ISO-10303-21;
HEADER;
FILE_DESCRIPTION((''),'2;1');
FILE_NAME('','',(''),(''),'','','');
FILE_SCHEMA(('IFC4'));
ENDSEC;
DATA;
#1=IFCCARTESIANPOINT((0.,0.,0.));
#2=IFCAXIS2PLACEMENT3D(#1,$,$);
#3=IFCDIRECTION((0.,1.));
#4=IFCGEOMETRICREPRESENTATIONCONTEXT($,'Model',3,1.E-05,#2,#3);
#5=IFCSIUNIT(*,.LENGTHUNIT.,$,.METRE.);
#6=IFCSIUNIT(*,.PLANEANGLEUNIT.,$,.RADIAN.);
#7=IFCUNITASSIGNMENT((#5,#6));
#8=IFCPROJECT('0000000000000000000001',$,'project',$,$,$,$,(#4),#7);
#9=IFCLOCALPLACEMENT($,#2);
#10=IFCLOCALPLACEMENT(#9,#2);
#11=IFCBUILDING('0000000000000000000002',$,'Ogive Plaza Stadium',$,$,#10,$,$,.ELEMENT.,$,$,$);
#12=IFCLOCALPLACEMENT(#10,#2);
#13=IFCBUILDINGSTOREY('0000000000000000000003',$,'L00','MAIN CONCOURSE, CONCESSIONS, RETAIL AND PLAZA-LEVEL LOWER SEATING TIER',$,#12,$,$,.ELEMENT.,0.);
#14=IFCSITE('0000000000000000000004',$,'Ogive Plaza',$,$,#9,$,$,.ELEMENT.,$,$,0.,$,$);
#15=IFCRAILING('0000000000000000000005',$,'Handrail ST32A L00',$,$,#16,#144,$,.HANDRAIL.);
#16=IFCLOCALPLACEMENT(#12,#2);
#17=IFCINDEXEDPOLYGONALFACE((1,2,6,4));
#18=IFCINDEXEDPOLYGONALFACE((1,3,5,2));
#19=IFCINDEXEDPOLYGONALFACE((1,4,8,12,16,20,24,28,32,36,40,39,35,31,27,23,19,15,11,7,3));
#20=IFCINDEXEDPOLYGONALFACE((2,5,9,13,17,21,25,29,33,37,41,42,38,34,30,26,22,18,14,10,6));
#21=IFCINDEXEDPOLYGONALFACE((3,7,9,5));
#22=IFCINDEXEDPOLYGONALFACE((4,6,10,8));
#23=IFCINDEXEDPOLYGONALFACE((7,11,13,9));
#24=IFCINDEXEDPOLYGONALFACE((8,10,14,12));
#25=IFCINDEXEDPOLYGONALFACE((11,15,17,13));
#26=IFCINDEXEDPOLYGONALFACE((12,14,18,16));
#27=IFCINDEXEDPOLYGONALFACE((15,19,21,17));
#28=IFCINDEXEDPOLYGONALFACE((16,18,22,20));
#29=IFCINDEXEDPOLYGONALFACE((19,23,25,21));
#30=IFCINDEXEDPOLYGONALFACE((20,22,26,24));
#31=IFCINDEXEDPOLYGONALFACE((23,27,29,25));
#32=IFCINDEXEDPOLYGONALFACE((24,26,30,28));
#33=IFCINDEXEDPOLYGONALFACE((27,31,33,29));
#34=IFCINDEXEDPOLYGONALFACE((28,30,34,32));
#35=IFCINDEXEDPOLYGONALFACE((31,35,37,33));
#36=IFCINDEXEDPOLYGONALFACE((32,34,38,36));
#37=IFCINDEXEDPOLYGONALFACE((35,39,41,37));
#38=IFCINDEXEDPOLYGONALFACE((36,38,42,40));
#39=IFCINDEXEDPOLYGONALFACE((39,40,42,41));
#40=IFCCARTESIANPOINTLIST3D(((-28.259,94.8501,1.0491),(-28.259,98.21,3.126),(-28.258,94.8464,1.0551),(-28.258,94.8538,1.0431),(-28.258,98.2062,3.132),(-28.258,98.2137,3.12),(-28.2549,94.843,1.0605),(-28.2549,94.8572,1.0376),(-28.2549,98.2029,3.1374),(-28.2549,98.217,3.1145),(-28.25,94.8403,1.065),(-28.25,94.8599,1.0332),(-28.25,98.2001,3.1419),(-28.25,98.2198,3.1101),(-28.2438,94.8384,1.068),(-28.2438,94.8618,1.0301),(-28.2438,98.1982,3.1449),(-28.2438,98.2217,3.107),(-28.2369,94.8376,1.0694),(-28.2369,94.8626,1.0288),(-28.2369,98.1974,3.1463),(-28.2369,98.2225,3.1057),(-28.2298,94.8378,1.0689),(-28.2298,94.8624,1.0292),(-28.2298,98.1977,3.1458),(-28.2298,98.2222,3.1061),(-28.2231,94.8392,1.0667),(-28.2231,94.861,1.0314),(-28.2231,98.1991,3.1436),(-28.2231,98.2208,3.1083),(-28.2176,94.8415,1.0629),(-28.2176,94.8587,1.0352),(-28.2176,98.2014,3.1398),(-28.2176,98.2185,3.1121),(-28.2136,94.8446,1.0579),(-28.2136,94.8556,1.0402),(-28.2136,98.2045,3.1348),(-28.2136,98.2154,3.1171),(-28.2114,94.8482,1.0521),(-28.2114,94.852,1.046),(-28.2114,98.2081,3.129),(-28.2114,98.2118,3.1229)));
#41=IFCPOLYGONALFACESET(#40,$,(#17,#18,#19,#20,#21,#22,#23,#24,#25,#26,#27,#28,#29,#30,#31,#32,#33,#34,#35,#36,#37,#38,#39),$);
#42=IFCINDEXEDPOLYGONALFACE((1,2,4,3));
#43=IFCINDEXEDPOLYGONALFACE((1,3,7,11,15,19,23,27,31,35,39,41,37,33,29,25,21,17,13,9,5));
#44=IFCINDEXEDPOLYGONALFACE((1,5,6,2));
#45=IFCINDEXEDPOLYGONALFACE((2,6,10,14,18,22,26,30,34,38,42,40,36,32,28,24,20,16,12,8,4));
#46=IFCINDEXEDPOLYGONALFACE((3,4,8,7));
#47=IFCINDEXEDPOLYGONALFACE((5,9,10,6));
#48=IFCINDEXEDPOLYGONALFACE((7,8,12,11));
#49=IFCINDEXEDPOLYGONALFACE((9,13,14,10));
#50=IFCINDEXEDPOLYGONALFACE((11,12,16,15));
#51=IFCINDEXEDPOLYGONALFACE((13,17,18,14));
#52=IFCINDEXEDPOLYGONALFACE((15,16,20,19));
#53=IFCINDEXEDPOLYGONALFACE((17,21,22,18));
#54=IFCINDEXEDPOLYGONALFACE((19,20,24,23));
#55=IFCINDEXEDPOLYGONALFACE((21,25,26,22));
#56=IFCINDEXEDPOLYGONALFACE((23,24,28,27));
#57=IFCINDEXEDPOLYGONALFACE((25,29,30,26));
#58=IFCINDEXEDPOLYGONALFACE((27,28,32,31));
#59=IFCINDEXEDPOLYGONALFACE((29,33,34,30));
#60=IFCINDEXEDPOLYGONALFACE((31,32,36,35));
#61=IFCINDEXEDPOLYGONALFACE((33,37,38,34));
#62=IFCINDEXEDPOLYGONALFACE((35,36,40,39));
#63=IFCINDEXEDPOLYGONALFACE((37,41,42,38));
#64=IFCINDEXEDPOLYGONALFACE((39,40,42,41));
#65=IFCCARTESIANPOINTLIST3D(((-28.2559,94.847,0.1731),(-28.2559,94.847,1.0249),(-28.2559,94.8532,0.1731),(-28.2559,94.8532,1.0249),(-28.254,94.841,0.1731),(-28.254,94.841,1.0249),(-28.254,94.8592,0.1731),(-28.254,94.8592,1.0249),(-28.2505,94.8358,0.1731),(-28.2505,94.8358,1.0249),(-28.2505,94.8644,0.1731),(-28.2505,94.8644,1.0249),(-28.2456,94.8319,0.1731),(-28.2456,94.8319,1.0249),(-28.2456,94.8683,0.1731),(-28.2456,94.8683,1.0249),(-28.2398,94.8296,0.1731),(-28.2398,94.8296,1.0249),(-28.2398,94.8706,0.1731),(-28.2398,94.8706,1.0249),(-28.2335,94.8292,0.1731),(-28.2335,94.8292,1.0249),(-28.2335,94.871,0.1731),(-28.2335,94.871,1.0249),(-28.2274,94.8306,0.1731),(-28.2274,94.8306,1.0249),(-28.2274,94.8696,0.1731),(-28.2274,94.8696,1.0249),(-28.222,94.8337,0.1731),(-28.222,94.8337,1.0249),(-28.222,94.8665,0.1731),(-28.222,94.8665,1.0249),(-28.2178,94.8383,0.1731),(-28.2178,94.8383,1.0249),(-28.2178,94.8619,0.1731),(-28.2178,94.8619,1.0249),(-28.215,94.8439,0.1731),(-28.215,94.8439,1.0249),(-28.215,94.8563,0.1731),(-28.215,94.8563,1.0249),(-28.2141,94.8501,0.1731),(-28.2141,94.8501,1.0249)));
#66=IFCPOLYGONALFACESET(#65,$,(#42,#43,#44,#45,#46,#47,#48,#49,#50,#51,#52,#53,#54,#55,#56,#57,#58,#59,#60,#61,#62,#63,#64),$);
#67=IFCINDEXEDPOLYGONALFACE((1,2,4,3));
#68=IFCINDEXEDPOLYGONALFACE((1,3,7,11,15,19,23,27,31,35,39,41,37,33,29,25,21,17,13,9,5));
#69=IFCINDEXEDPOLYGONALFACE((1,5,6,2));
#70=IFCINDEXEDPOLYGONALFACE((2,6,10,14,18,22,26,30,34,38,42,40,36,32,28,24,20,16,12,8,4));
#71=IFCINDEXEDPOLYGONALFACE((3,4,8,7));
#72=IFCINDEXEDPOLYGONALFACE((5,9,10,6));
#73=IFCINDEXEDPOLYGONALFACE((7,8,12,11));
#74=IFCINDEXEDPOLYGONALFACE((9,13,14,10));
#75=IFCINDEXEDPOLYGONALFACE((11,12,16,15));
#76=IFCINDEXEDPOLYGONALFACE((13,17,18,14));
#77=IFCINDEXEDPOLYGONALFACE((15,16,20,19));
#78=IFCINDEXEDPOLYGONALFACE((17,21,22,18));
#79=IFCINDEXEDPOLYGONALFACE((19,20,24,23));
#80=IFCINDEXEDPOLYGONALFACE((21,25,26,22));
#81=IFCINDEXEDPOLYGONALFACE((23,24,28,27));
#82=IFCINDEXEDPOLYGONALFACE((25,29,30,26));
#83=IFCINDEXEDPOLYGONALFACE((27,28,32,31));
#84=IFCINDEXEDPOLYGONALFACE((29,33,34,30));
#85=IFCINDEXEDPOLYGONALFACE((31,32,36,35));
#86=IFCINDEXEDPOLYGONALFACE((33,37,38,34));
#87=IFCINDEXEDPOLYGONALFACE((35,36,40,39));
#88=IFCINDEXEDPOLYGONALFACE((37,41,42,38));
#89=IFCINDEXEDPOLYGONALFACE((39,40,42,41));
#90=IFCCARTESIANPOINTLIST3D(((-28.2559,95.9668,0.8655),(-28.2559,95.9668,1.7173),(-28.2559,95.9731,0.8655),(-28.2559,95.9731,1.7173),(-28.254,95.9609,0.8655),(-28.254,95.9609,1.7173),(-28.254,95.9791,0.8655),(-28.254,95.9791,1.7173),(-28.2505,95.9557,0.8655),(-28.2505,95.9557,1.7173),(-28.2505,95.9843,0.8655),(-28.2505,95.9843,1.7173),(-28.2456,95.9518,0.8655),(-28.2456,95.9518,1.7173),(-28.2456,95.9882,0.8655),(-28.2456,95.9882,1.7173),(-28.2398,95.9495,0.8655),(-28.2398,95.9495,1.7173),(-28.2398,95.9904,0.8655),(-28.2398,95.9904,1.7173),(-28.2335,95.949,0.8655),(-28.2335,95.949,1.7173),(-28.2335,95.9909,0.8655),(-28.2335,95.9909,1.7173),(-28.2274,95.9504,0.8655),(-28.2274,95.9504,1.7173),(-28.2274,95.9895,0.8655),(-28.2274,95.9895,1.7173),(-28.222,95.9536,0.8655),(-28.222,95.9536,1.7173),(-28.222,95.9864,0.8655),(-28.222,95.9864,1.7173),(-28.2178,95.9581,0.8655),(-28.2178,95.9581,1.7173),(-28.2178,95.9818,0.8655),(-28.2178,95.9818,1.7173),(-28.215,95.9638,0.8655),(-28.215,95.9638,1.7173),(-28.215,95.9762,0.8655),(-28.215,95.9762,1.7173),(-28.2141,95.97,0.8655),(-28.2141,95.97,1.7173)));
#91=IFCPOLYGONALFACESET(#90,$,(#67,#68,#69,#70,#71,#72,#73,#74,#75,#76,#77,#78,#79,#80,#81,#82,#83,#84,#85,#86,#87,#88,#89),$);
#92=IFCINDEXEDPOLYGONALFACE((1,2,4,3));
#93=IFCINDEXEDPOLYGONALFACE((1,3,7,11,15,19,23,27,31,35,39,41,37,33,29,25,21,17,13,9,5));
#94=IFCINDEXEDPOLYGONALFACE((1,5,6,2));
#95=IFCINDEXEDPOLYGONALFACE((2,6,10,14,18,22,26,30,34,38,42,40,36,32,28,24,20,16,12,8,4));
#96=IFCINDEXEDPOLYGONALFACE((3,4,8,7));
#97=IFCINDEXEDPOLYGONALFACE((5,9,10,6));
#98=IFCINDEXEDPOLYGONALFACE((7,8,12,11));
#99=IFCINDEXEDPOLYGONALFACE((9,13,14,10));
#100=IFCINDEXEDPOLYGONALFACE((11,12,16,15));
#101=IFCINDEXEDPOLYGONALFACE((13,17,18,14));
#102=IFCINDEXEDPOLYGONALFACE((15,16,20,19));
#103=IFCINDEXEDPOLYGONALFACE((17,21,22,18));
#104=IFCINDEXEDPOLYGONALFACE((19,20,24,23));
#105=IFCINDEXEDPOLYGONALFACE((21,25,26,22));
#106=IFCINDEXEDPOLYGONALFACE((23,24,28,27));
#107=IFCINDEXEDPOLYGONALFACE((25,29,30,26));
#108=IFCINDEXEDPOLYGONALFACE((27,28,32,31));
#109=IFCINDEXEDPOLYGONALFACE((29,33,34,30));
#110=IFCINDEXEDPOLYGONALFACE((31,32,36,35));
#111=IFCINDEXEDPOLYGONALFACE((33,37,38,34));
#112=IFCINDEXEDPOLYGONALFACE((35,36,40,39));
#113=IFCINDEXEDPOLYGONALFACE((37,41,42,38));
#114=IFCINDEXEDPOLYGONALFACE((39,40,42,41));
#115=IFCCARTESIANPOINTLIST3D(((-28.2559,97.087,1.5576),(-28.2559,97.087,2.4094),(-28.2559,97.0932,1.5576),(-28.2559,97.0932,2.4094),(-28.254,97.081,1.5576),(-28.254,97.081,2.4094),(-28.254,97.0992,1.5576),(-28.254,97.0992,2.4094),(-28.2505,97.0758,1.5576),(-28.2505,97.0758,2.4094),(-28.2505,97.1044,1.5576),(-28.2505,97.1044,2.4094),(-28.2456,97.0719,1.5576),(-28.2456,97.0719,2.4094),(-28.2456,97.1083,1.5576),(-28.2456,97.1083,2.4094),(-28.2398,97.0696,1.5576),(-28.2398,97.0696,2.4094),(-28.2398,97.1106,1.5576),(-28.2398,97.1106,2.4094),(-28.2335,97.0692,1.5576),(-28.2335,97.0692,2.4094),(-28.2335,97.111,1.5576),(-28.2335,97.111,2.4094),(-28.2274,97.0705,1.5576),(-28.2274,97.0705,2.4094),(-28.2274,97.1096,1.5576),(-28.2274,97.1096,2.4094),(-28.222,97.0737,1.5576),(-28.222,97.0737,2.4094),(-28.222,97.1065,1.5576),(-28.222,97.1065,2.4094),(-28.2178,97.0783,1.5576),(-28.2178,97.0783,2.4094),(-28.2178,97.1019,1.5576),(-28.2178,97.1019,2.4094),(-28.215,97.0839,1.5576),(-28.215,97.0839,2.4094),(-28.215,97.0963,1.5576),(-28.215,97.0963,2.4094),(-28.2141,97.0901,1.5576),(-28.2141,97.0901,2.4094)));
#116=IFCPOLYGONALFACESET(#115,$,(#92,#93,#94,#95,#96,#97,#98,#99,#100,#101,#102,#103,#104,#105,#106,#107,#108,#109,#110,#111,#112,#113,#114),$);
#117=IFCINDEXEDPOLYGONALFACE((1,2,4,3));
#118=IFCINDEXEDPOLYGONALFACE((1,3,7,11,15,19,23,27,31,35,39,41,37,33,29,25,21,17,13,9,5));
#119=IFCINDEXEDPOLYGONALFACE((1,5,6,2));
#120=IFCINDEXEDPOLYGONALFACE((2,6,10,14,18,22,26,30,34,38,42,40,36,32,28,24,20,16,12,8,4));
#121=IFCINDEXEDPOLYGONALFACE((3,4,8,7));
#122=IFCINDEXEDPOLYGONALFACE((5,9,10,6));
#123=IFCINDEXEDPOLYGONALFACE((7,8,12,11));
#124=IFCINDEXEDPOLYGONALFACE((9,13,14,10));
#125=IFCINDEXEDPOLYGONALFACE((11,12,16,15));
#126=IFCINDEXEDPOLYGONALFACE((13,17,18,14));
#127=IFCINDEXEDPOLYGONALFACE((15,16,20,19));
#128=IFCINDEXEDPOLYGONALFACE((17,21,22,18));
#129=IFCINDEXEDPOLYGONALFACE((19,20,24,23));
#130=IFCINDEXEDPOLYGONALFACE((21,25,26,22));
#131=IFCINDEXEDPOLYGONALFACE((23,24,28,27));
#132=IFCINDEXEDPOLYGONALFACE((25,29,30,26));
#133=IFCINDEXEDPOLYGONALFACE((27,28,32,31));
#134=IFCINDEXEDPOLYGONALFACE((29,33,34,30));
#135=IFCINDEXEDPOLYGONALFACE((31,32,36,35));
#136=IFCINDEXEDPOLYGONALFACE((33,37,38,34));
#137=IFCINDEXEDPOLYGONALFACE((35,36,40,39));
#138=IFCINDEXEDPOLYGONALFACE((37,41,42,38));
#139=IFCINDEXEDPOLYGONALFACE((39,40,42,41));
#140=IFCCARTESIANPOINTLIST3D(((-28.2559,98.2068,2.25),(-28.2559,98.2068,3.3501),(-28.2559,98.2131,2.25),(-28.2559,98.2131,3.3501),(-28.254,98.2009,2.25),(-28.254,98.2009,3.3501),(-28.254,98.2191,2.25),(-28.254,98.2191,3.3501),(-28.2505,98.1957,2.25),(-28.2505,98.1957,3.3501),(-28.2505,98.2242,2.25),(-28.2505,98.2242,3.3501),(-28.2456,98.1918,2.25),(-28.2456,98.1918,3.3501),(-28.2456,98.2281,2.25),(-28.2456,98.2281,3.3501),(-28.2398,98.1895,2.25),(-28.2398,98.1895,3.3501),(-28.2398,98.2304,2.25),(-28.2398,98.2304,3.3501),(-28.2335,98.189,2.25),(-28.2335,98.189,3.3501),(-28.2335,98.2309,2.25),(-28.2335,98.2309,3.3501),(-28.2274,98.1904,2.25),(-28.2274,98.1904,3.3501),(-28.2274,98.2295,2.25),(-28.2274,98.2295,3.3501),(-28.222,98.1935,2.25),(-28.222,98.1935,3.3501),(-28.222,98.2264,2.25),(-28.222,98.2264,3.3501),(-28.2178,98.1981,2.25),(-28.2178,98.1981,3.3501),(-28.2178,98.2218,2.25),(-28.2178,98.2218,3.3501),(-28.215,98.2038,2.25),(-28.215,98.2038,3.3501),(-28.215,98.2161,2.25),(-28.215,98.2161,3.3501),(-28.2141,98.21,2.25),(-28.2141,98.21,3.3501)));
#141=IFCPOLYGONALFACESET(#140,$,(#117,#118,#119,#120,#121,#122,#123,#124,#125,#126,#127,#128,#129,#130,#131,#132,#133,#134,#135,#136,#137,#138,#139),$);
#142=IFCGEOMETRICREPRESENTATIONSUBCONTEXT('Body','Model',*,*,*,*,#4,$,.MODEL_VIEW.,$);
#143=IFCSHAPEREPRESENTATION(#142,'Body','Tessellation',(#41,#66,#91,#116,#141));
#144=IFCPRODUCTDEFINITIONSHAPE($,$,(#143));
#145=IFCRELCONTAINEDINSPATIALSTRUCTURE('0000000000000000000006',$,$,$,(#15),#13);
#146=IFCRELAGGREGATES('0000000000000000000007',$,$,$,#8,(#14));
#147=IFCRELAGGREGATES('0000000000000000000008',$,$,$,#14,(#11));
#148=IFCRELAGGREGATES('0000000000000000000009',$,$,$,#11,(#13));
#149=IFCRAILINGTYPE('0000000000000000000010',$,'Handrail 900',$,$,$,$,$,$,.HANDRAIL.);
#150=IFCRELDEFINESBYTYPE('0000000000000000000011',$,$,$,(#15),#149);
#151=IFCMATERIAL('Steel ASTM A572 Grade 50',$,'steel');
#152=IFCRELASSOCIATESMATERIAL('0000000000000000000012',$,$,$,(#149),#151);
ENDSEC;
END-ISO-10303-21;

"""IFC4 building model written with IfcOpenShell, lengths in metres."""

from ifc_helpers import new_model, si_unit, direction, frame, origin, origin_2d, place, context, subcontext, project, spatial, circle, extrude, material, type_object, element, save


model = new_model("IFC4")

# Units and contexts
model_context = context("Model", 3, precision=1e-05, world=origin(), true_north=direction((0.0, 1.0)))
body_context = subcontext(model_context, "Body", "Model", "MODEL_VIEW")
ifc_project = project(units=[si_unit("LENGTHUNIT", "METRE"), si_unit("PLANEANGLEUNIT", "RADIAN")], contexts=[model_context])

# Site, building, storey
site_placement = place(None, origin())
site = spatial("IfcSite", under=ifc_project, at=site_placement, Name="Ogive Plaza", CompositionType="ELEMENT", RefElevation=0.0)
building_placement = place(site_placement, origin())
building = spatial("IfcBuilding", under=site, at=building_placement, Name="Ogive Plaza Stadium", CompositionType="ELEMENT")
storey_placement = place(building_placement, origin())
storey = spatial("IfcBuildingStorey", under=building, at=storey_placement, Name="L00", Description="MAIN CONCOURSE, CONCESSIONS, RETAIL AND PLAZA-LEVEL LOWER SEATING TIER", CompositionType="ELEMENT", Elevation=0.0)

# Railing
ifc_material_1 = material(Name="Steel ASTM A572 Grade 50", Category="steel")
railing_type_1 = type_object("IfcRailingType", Name="Handrail 900", PredefinedType="HANDRAIL", material=ifc_material_1)
for number, where, name in (
    (1, (-28.2351, 94.8501, 0.1731), "Handrail ST32A L00"),
):
    element("IfcRailing", number, at=place(storey_placement, frame(where)), inside=storey, type_object=railing_type_1, Name=name, PredefinedType="HANDRAIL", context=body_context, shape_type="SweptSolid", body=[
        extrude(circle(Radius=0.0239, at=origin_2d()), frame((0.0, 0.0, 0.876), z_axis=(0.0, 0.850606, 0.525803), x_axis=(-1.0, 0.0, 0.0)), (0.0, 0.0, 1.0), 3.95),
        extrude(circle(Radius=0.021, at=origin_2d()), origin(), (0.0, 0.0, 1.0), 0.8518),
        extrude(circle(Radius=0.021, at=origin_2d()), frame((0.0, 1.1199, 0.6924)), (0.0, 0.0, 1.0), 0.8518),
        extrude(circle(Radius=0.021, at=origin_2d()), frame((0.0, 2.24, 1.3845)), (0.0, 0.0, 1.0), 0.8518),
        extrude(circle(Radius=0.021, at=origin_2d()), frame((0.0, 3.3599, 2.0769)), (0.0, 0.0, 1.0), 1.1001),
    ])

save(model, "model.ifc")
